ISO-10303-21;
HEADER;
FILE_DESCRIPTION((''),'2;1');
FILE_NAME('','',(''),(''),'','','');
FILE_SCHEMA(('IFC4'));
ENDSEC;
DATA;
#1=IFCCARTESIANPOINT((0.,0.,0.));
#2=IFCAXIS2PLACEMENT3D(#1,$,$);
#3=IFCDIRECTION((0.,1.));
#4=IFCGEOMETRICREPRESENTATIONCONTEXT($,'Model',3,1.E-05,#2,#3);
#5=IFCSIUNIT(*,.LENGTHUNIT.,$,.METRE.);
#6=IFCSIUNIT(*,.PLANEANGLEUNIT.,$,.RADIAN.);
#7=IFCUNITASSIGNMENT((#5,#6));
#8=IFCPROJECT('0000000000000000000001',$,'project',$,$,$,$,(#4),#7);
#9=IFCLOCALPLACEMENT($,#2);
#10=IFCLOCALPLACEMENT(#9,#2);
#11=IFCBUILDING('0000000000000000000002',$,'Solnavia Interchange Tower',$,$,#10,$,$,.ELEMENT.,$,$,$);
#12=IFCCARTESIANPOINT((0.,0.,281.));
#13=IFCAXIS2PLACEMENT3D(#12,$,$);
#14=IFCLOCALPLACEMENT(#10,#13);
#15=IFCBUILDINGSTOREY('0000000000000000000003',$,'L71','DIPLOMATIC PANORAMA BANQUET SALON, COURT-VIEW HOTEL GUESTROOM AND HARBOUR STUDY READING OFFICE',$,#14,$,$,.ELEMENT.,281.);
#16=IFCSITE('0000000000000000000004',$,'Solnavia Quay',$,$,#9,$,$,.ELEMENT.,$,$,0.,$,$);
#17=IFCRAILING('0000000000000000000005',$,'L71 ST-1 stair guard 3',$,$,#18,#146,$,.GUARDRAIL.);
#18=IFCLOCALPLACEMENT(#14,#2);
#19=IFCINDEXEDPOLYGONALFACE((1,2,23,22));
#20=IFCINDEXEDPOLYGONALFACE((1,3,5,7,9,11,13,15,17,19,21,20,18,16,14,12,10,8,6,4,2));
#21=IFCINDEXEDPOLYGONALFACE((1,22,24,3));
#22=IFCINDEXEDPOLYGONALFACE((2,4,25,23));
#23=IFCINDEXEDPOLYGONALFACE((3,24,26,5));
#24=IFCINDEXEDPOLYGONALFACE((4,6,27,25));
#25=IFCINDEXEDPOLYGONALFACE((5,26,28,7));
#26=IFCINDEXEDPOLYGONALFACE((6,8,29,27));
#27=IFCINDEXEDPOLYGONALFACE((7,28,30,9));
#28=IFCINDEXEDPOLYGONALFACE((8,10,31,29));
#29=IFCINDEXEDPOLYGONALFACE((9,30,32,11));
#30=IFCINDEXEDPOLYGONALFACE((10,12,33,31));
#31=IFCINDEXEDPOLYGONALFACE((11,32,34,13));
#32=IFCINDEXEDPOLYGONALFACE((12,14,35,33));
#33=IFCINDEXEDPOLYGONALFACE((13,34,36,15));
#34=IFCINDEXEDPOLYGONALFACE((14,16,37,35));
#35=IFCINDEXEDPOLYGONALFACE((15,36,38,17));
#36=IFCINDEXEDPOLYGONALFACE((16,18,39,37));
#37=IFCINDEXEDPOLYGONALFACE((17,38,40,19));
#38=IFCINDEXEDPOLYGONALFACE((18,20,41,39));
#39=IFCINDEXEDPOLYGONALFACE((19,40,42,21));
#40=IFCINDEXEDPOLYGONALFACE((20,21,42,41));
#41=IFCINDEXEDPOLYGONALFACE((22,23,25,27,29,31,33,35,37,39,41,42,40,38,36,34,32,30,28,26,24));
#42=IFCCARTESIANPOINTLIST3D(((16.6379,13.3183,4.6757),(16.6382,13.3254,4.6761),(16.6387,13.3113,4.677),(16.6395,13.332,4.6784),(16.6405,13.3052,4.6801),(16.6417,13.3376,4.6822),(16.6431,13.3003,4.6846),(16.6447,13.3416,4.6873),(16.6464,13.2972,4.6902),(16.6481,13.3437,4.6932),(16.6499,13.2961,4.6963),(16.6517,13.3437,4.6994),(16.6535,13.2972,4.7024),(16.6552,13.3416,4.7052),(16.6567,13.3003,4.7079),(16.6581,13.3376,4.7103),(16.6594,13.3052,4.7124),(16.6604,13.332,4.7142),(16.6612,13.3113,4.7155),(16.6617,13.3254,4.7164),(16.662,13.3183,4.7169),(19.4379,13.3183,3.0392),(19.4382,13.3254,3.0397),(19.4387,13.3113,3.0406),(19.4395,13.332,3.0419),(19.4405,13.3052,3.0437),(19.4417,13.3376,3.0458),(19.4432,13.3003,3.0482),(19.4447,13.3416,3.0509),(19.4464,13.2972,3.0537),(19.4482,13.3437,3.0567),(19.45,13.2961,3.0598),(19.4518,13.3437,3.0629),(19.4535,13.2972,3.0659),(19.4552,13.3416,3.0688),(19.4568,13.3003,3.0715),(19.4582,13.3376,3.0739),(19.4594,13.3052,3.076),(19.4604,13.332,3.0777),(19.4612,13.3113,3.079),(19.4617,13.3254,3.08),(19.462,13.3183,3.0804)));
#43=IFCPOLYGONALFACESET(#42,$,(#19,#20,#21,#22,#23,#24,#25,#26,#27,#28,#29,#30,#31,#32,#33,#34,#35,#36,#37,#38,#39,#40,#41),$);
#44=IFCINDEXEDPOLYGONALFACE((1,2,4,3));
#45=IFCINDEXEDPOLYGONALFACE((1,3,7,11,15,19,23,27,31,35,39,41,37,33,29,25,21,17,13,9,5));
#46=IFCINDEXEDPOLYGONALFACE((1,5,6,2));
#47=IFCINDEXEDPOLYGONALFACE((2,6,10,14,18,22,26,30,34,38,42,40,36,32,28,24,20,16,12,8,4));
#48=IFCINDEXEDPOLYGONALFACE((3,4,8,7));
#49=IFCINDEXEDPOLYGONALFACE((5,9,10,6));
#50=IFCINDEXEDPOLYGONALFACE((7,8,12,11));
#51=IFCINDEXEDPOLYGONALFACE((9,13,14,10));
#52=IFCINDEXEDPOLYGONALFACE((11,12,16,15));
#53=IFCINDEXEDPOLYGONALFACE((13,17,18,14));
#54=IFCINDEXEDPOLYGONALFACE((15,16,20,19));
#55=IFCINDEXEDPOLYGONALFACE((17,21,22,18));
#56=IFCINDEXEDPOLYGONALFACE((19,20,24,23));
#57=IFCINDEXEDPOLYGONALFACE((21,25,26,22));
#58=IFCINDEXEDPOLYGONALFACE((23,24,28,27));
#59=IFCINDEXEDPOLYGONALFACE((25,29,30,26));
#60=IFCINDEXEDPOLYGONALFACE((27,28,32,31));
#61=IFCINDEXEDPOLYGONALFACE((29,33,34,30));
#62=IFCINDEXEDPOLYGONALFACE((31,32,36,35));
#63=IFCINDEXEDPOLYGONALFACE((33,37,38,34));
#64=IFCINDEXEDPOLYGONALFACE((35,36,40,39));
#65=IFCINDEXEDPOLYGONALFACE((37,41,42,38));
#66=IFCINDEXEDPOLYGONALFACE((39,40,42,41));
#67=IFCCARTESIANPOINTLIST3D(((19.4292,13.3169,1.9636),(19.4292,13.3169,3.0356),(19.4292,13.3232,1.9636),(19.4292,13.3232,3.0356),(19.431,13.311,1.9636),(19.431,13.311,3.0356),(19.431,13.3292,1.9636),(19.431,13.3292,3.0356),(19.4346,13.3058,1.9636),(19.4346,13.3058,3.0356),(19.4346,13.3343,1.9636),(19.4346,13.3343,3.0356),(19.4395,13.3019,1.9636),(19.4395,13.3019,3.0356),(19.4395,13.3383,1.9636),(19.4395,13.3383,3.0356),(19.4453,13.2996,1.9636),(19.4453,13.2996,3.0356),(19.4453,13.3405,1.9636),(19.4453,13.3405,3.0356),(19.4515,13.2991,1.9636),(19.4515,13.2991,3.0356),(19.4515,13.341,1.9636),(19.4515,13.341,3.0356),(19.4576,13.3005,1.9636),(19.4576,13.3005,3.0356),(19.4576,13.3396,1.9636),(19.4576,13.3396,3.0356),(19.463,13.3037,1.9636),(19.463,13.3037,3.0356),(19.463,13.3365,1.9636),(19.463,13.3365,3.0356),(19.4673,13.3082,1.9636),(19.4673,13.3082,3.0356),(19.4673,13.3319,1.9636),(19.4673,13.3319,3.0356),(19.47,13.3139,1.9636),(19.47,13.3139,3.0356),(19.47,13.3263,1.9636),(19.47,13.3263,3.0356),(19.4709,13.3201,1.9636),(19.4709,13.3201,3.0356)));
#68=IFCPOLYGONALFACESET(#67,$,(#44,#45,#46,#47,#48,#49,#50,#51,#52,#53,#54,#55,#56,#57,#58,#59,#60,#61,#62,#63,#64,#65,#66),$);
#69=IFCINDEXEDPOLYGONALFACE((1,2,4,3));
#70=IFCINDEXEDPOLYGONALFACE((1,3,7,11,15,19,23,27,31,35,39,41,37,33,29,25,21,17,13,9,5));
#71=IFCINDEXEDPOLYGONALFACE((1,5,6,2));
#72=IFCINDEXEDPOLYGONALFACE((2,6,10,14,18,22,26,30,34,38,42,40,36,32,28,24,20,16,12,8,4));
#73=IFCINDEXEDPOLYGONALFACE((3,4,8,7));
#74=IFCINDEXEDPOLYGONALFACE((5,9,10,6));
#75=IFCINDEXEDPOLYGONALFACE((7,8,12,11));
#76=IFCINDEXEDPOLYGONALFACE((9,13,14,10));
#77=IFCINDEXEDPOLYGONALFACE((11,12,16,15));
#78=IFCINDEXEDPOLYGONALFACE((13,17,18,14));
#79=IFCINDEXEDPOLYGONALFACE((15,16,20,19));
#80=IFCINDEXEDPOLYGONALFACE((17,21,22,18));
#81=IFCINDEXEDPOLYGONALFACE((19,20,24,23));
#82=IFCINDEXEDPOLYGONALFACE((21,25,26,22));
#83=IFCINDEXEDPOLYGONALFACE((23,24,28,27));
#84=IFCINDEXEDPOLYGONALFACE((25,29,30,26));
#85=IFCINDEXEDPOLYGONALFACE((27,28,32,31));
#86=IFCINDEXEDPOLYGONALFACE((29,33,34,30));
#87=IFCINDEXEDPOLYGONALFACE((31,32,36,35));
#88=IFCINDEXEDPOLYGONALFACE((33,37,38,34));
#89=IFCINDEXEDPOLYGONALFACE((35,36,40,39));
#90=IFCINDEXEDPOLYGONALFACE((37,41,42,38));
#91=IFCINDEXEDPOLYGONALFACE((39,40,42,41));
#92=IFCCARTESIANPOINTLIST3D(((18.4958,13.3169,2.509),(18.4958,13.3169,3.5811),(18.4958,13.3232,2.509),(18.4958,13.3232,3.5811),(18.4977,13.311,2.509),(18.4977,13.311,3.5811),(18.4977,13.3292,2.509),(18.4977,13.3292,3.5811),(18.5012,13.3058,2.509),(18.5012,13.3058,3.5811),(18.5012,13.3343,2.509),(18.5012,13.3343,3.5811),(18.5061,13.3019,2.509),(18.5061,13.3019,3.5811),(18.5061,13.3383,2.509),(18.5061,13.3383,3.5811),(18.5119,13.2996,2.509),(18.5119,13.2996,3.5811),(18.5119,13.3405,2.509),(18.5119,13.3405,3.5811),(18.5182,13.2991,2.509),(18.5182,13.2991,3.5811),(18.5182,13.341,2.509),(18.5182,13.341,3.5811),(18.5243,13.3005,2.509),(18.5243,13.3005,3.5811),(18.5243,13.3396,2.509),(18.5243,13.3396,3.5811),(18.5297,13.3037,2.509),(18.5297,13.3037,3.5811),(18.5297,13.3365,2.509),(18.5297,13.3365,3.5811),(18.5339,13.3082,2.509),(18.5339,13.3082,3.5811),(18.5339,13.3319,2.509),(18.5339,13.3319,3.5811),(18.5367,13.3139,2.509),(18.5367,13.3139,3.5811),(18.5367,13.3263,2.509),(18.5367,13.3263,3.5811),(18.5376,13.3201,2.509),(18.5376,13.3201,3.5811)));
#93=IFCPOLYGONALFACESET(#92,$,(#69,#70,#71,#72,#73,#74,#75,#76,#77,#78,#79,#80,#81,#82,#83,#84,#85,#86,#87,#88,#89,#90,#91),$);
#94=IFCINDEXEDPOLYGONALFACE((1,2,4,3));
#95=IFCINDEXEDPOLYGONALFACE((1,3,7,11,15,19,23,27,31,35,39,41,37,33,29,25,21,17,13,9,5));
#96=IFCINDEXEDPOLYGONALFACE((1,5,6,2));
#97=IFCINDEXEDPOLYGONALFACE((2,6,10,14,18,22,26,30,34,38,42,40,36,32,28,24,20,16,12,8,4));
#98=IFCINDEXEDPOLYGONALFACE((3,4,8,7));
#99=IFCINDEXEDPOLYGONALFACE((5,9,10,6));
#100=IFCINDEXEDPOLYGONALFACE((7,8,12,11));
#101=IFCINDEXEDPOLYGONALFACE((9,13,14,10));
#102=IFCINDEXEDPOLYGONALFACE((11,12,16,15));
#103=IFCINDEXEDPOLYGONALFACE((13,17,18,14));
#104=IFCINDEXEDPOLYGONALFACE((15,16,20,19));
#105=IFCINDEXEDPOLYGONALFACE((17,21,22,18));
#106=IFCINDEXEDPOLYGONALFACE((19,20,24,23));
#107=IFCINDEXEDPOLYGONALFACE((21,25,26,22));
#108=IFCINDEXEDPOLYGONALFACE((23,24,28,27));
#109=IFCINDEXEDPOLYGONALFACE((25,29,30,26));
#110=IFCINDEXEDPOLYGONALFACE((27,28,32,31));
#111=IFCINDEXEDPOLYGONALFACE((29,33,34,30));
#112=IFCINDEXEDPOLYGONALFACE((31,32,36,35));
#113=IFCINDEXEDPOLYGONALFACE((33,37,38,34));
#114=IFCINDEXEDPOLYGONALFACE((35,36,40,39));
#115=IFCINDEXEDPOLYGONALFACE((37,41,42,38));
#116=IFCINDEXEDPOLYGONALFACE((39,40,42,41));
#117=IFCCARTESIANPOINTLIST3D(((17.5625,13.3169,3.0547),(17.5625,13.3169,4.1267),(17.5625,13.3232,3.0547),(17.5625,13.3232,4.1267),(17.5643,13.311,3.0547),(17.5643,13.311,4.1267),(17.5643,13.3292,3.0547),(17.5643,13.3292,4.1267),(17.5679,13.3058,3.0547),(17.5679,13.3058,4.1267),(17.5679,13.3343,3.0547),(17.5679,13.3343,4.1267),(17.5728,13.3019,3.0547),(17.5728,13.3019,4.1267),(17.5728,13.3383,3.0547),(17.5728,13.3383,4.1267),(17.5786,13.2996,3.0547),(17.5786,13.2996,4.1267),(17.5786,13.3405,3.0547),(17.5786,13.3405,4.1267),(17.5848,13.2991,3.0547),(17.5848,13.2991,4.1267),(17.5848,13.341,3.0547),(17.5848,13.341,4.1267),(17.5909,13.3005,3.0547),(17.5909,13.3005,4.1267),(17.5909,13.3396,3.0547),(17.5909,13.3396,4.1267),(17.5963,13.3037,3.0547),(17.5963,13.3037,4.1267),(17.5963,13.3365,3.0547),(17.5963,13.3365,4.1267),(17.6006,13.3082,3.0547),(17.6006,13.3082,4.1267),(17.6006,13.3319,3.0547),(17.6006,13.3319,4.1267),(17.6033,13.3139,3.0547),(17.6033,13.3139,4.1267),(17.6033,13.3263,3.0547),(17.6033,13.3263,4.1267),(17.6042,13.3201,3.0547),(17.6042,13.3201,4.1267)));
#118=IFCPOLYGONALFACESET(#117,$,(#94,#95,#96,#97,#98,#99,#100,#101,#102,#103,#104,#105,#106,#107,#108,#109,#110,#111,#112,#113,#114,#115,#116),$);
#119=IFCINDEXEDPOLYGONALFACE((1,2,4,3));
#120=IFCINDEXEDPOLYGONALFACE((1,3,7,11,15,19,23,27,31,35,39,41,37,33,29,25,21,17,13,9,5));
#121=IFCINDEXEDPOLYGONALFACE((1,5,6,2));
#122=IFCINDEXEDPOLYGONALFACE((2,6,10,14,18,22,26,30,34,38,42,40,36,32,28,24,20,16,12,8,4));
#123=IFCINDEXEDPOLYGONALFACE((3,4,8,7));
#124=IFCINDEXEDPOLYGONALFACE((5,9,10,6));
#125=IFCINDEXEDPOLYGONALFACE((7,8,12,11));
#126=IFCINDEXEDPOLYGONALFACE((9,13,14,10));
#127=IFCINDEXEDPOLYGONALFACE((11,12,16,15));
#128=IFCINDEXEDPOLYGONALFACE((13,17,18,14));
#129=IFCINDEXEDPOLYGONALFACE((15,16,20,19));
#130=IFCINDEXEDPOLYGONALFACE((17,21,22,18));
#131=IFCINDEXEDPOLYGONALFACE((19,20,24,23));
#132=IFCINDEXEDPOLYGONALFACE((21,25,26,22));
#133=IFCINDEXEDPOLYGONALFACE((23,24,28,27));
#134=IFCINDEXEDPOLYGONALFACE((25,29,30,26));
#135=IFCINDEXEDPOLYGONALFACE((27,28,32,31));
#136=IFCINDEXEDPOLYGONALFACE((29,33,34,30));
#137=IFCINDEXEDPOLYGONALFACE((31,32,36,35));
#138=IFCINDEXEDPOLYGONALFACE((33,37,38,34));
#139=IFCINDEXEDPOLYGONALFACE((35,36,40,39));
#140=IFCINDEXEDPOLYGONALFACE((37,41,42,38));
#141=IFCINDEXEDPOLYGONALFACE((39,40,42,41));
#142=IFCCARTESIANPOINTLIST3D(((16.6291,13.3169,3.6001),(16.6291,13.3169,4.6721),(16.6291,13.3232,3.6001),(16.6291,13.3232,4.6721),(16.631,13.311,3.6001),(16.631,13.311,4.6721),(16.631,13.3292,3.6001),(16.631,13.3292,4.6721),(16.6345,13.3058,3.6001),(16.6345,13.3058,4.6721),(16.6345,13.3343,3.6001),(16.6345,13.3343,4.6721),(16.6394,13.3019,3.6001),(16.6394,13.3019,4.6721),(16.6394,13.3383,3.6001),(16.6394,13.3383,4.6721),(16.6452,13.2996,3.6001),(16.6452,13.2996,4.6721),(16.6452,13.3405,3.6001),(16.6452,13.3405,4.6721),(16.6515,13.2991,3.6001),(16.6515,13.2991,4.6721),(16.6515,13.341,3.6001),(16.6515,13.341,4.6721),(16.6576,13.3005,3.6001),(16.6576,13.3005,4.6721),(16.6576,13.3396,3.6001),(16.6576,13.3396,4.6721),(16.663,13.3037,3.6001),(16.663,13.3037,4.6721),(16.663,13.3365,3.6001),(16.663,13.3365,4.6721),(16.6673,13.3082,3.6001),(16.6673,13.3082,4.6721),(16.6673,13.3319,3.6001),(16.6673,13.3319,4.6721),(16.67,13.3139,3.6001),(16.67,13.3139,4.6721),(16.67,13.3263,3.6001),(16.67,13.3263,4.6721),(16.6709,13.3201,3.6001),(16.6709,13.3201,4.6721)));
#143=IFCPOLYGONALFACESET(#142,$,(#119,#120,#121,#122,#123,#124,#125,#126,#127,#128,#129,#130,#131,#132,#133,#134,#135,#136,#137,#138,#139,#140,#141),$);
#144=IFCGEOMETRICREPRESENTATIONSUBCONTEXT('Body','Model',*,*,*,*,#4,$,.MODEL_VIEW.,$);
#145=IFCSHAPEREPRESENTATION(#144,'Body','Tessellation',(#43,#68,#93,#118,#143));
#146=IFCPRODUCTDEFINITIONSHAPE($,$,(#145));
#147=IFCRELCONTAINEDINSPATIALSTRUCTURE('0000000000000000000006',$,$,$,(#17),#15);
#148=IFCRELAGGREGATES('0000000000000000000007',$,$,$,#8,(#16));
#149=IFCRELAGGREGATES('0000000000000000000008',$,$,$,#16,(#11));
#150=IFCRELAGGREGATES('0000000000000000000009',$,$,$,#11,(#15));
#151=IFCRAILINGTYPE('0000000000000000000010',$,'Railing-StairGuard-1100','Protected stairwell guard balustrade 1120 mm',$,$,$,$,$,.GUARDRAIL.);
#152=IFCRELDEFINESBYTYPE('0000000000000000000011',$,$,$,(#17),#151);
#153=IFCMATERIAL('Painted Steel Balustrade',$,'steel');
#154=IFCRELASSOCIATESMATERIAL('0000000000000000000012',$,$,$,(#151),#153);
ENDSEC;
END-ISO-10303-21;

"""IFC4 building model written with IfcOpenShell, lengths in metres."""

from ifc_helpers import new_model, si_unit, direction, frame, origin, origin_2d, place, context, subcontext, project, spatial, circle, extrude, material, type_object, element, save


model = new_model("IFC4")

# Units and contexts
model_context = context("Model", 3, precision=1e-05, world=origin(), true_north=direction((0.0, 1.0)))
body_context = subcontext(model_context, "Body", "Model", "MODEL_VIEW")
ifc_project = project(units=[si_unit("LENGTHUNIT", "METRE"), si_unit("PLANEANGLEUNIT", "RADIAN")], contexts=[model_context])

# Site, building, storey
site_placement = place(None, origin())
site = spatial("IfcSite", under=ifc_project, at=site_placement, Name="Solnavia Quay", CompositionType="ELEMENT", RefElevation=0.0)
building_placement = place(site_placement, origin())
building = spatial("IfcBuilding", under=site, at=building_placement, Name="Solnavia Interchange Tower", CompositionType="ELEMENT")
storey_placement = place(building_placement, frame((0.0, 0.0, 281.0)))
storey = spatial("IfcBuildingStorey", under=building, at=storey_placement, Name="L71", Description="DIPLOMATIC PANORAMA BANQUET SALON, COURT-VIEW HOTEL GUESTROOM AND HARBOUR STUDY READING OFFICE", CompositionType="ELEMENT", Elevation=281.0)

# Railing
ifc_material_1 = material(Name="Painted Steel Balustrade", Category="steel")
railing_type_1 = type_object("IfcRailingType", Name="Railing-StairGuard-1100", Description="Protected stairwell guard balustrade 1120 mm", PredefinedType="GUARDRAIL", material=ifc_material_1)
railing_1_placement = place(storey_placement, frame((19.45, 13.3201, 1.9636)))
element("IfcRailing", 1, at=railing_1_placement, inside=storey, type_object=railing_type_1, Name="L71 ST-1 stair guard 3", PredefinedType="GUARDRAIL", context=body_context, shape_type="SweptSolid", body=[
    extrude(circle(Radius=0.0239, at=origin_2d()), frame((0.0, 0.0, 1.0962), z_axis=(-0.863361, 0.0, 0.504587), x_axis=(0.0, -1.0, 0.0)), (0.0, 0.0, 1.0), 3.2432),
    extrude(circle(Radius=0.021, at=origin_2d()), origin(), (0.0, 0.0, 1.0), 1.072),
    extrude(circle(Radius=0.021, at=origin_2d()), frame((-0.9333, 0.0, 0.5454)), (0.0, 0.0, 1.0), 1.072),
    extrude(circle(Radius=0.021, at=origin_2d()), frame((-1.8667, 0.0, 1.0911)), (0.0, 0.0, 1.0), 1.072),
    extrude(circle(Radius=0.021, at=origin_2d()), frame((-2.8, 0.0, 1.6365)), (0.0, 0.0, 1.0), 1.072),
])

save(model, "model.ifc")
